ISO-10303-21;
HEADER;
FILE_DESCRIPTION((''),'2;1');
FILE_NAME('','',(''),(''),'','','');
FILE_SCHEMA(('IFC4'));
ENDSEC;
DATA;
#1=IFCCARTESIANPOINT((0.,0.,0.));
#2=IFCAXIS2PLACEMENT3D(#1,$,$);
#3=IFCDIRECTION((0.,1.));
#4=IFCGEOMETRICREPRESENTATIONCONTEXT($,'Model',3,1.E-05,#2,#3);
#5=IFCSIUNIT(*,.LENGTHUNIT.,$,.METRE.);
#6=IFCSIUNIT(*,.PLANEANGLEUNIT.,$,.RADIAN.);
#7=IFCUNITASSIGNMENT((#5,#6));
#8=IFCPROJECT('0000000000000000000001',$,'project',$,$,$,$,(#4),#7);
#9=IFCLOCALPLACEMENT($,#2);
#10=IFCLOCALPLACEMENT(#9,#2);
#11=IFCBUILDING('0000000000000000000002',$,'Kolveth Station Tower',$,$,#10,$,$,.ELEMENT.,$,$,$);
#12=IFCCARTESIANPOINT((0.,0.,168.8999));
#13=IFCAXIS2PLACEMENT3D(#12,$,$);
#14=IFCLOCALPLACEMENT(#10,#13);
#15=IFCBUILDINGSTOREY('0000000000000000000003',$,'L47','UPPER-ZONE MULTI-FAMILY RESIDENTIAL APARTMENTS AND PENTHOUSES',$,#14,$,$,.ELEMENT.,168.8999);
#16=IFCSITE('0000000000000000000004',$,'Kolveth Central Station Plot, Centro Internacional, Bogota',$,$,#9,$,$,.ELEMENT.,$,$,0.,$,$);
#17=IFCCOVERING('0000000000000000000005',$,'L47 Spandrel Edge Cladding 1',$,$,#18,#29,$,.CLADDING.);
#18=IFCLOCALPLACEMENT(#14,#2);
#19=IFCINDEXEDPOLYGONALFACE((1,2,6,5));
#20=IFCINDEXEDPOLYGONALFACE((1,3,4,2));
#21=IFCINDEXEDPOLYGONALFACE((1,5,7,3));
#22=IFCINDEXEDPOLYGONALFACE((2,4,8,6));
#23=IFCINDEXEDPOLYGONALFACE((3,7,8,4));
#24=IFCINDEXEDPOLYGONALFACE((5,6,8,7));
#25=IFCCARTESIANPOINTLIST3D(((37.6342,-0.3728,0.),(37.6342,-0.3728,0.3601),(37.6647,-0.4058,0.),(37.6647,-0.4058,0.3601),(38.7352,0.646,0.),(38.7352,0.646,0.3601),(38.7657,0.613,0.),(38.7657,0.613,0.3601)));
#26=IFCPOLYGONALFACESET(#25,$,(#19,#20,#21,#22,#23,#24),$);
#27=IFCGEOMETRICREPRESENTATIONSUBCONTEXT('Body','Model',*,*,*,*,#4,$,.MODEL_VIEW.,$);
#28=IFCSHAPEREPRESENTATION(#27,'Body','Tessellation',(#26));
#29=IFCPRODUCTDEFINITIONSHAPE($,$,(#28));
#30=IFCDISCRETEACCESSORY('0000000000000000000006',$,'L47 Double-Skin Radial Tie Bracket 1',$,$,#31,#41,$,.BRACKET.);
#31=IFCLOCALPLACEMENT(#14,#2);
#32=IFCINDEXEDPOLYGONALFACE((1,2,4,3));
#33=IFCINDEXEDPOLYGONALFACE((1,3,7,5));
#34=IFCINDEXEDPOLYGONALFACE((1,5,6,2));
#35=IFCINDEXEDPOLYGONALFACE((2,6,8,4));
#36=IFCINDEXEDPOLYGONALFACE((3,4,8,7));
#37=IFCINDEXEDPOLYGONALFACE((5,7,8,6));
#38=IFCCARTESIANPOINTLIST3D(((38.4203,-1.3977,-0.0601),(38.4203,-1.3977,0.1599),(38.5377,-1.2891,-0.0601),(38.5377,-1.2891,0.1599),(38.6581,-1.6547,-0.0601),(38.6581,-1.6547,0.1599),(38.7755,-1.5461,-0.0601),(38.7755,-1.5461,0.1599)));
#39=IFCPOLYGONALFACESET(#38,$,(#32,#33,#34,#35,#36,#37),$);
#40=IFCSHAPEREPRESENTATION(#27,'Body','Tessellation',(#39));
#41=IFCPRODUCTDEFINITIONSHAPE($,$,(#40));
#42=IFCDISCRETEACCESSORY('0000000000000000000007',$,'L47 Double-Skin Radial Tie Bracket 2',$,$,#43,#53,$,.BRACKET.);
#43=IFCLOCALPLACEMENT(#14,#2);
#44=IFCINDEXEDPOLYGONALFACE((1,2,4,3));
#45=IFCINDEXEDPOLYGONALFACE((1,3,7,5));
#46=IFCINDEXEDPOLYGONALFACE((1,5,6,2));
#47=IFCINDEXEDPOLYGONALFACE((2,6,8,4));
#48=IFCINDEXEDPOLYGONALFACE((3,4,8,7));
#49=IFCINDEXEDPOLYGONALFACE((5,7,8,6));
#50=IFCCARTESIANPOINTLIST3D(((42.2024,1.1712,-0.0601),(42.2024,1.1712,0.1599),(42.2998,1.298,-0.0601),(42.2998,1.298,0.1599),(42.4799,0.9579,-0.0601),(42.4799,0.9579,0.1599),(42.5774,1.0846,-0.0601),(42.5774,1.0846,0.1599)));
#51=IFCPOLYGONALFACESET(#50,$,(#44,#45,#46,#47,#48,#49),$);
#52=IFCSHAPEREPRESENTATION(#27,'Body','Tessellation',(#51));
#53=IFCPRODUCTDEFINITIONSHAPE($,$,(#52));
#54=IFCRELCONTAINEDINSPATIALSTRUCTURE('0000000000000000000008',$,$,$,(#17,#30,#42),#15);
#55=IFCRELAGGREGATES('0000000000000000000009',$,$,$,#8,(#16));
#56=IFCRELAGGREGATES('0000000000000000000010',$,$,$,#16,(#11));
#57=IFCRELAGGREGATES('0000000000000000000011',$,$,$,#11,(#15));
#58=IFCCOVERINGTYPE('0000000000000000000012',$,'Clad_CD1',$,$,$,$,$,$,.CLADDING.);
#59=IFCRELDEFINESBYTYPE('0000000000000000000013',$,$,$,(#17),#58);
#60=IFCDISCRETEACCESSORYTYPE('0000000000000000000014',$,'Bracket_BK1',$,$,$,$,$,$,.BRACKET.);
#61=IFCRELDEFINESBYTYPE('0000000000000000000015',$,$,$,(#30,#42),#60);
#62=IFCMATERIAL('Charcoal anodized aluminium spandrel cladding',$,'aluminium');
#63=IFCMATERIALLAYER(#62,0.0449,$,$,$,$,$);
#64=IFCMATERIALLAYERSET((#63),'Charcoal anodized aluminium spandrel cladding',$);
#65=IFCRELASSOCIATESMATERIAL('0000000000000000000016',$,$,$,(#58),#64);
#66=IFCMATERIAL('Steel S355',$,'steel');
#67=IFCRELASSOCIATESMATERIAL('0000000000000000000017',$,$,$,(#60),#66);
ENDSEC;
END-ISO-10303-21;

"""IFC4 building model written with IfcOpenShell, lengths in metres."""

from ifc_helpers import new_model, si_unit, direction, frame, origin, origin_2d, place, context, subcontext, project, spatial, rectangle, extrude, source, transform, mapped, material, layer, layer_set, type_object, element, save


model = new_model("IFC4")

# Units and contexts
model_context = context("Model", 3, precision=1e-05, world=origin(), true_north=direction((0.0, 1.0)))
body_context = subcontext(model_context, "Body", "Model", "MODEL_VIEW")
ifc_project = project(units=[si_unit("LENGTHUNIT", "METRE"), si_unit("PLANEANGLEUNIT", "RADIAN")], contexts=[model_context])

# Site, building, storey
site_placement = place(None, origin())
site = spatial("IfcSite", under=ifc_project, at=site_placement, Name="Kolveth Central Station Plot, Centro Internacional, Bogota", CompositionType="ELEMENT", RefElevation=0.0)
building_placement = place(site_placement, origin())
building = spatial("IfcBuilding", under=site, at=building_placement, Name="Kolveth Station Tower", CompositionType="ELEMENT")
storey_placement = place(building_placement, frame((0.0, 0.0, 168.8999)))
storey = spatial("IfcBuildingStorey", under=building, at=storey_placement, Name="L47", Description="UPPER-ZONE MULTI-FAMILY RESIDENTIAL APARTMENTS AND PENTHOUSES", CompositionType="ELEMENT", Elevation=168.8999)

# Covering
ifc_material_1 = material(Name="Charcoal anodized aluminium spandrel cladding", Category="aluminium")
ifc_layer_1 = layer(ifc_material_1, 0.0449)
ifc_layer_set_1 = layer_set([ifc_layer_1], Name="Charcoal anodized aluminium spandrel cladding")
covering_type = type_object("IfcCoveringType", Name="Clad_CD1", PredefinedType="CLADDING", material=ifc_layer_set_1)
shared_shape_1 = source(origin(), body_context, "Body", "SweptSolid", [
    extrude(rectangle(XDim=1.5, YDim=0.0449, at=origin_2d()), origin(), (0.0, 0.0, 1.0), 0.3601),
])
covering_placement = place(storey_placement, frame((38.2, 0.1201, 0.0), z_axis=(0.0, 0.0, 1.0), x_axis=(0.733967, 0.679185, 0.0)))
element("IfcCovering", 1, at=covering_placement, inside=storey, type_object=covering_type, Name="L47 Spandrel Edge Cladding 1", PredefinedType="CLADDING", context=body_context, shape_type="MappedRepresentation", body=[
    mapped(shared_shape_1, transform((0.0, 0.0, 0.0), x_axis=(1.0, 0.0, 0.0), y_axis=(0.0, 1.0, 0.0), z_axis=(0.0, 0.0, 1.0), scale=1.0)),
])

# Discrete accessories
ifc_material_2 = material(Name="Steel S355", Category="steel")
discrete_accessory_type = type_object("IfcDiscreteAccessoryType", Name="Bracket_BK1", PredefinedType="BRACKET", material=ifc_material_2)
shared_shape_2 = source(origin(), body_context, "Body", "SweptSolid", [
    extrude(rectangle(XDim=0.3501, YDim=0.1599, at=origin_2d()), origin(), (0.0, 0.0, 1.0), 0.22),
])
for number, where, z_axis, x_axis, name in (
    (2, (38.5979, -1.4719, -0.0601), (0.0, 0.0, 1.0), (0.679185, -0.733967, 0.0), "L47 Double-Skin Radial Tie Bracket 1"),
    (3, (42.3899, 1.1279, -0.0601), (0.0, 0.0, 1.0), (0.792822, -0.609454, 0.0), "L47 Double-Skin Radial Tie Bracket 2"),
):
    element("IfcDiscreteAccessory", number, at=place(storey_placement, frame(where, z_axis=z_axis, x_axis=x_axis)), inside=storey, type_object=discrete_accessory_type, Name=name, PredefinedType="BRACKET", context=body_context, shape_type="MappedRepresentation", body=[
        mapped(shared_shape_2, transform((0.0, 0.0, 0.0), x_axis=(1.0, 0.0, 0.0), y_axis=(0.0, 1.0, 0.0), z_axis=(0.0, 0.0, 1.0), scale=1.0)),
    ])

save(model, "model.ifc")
